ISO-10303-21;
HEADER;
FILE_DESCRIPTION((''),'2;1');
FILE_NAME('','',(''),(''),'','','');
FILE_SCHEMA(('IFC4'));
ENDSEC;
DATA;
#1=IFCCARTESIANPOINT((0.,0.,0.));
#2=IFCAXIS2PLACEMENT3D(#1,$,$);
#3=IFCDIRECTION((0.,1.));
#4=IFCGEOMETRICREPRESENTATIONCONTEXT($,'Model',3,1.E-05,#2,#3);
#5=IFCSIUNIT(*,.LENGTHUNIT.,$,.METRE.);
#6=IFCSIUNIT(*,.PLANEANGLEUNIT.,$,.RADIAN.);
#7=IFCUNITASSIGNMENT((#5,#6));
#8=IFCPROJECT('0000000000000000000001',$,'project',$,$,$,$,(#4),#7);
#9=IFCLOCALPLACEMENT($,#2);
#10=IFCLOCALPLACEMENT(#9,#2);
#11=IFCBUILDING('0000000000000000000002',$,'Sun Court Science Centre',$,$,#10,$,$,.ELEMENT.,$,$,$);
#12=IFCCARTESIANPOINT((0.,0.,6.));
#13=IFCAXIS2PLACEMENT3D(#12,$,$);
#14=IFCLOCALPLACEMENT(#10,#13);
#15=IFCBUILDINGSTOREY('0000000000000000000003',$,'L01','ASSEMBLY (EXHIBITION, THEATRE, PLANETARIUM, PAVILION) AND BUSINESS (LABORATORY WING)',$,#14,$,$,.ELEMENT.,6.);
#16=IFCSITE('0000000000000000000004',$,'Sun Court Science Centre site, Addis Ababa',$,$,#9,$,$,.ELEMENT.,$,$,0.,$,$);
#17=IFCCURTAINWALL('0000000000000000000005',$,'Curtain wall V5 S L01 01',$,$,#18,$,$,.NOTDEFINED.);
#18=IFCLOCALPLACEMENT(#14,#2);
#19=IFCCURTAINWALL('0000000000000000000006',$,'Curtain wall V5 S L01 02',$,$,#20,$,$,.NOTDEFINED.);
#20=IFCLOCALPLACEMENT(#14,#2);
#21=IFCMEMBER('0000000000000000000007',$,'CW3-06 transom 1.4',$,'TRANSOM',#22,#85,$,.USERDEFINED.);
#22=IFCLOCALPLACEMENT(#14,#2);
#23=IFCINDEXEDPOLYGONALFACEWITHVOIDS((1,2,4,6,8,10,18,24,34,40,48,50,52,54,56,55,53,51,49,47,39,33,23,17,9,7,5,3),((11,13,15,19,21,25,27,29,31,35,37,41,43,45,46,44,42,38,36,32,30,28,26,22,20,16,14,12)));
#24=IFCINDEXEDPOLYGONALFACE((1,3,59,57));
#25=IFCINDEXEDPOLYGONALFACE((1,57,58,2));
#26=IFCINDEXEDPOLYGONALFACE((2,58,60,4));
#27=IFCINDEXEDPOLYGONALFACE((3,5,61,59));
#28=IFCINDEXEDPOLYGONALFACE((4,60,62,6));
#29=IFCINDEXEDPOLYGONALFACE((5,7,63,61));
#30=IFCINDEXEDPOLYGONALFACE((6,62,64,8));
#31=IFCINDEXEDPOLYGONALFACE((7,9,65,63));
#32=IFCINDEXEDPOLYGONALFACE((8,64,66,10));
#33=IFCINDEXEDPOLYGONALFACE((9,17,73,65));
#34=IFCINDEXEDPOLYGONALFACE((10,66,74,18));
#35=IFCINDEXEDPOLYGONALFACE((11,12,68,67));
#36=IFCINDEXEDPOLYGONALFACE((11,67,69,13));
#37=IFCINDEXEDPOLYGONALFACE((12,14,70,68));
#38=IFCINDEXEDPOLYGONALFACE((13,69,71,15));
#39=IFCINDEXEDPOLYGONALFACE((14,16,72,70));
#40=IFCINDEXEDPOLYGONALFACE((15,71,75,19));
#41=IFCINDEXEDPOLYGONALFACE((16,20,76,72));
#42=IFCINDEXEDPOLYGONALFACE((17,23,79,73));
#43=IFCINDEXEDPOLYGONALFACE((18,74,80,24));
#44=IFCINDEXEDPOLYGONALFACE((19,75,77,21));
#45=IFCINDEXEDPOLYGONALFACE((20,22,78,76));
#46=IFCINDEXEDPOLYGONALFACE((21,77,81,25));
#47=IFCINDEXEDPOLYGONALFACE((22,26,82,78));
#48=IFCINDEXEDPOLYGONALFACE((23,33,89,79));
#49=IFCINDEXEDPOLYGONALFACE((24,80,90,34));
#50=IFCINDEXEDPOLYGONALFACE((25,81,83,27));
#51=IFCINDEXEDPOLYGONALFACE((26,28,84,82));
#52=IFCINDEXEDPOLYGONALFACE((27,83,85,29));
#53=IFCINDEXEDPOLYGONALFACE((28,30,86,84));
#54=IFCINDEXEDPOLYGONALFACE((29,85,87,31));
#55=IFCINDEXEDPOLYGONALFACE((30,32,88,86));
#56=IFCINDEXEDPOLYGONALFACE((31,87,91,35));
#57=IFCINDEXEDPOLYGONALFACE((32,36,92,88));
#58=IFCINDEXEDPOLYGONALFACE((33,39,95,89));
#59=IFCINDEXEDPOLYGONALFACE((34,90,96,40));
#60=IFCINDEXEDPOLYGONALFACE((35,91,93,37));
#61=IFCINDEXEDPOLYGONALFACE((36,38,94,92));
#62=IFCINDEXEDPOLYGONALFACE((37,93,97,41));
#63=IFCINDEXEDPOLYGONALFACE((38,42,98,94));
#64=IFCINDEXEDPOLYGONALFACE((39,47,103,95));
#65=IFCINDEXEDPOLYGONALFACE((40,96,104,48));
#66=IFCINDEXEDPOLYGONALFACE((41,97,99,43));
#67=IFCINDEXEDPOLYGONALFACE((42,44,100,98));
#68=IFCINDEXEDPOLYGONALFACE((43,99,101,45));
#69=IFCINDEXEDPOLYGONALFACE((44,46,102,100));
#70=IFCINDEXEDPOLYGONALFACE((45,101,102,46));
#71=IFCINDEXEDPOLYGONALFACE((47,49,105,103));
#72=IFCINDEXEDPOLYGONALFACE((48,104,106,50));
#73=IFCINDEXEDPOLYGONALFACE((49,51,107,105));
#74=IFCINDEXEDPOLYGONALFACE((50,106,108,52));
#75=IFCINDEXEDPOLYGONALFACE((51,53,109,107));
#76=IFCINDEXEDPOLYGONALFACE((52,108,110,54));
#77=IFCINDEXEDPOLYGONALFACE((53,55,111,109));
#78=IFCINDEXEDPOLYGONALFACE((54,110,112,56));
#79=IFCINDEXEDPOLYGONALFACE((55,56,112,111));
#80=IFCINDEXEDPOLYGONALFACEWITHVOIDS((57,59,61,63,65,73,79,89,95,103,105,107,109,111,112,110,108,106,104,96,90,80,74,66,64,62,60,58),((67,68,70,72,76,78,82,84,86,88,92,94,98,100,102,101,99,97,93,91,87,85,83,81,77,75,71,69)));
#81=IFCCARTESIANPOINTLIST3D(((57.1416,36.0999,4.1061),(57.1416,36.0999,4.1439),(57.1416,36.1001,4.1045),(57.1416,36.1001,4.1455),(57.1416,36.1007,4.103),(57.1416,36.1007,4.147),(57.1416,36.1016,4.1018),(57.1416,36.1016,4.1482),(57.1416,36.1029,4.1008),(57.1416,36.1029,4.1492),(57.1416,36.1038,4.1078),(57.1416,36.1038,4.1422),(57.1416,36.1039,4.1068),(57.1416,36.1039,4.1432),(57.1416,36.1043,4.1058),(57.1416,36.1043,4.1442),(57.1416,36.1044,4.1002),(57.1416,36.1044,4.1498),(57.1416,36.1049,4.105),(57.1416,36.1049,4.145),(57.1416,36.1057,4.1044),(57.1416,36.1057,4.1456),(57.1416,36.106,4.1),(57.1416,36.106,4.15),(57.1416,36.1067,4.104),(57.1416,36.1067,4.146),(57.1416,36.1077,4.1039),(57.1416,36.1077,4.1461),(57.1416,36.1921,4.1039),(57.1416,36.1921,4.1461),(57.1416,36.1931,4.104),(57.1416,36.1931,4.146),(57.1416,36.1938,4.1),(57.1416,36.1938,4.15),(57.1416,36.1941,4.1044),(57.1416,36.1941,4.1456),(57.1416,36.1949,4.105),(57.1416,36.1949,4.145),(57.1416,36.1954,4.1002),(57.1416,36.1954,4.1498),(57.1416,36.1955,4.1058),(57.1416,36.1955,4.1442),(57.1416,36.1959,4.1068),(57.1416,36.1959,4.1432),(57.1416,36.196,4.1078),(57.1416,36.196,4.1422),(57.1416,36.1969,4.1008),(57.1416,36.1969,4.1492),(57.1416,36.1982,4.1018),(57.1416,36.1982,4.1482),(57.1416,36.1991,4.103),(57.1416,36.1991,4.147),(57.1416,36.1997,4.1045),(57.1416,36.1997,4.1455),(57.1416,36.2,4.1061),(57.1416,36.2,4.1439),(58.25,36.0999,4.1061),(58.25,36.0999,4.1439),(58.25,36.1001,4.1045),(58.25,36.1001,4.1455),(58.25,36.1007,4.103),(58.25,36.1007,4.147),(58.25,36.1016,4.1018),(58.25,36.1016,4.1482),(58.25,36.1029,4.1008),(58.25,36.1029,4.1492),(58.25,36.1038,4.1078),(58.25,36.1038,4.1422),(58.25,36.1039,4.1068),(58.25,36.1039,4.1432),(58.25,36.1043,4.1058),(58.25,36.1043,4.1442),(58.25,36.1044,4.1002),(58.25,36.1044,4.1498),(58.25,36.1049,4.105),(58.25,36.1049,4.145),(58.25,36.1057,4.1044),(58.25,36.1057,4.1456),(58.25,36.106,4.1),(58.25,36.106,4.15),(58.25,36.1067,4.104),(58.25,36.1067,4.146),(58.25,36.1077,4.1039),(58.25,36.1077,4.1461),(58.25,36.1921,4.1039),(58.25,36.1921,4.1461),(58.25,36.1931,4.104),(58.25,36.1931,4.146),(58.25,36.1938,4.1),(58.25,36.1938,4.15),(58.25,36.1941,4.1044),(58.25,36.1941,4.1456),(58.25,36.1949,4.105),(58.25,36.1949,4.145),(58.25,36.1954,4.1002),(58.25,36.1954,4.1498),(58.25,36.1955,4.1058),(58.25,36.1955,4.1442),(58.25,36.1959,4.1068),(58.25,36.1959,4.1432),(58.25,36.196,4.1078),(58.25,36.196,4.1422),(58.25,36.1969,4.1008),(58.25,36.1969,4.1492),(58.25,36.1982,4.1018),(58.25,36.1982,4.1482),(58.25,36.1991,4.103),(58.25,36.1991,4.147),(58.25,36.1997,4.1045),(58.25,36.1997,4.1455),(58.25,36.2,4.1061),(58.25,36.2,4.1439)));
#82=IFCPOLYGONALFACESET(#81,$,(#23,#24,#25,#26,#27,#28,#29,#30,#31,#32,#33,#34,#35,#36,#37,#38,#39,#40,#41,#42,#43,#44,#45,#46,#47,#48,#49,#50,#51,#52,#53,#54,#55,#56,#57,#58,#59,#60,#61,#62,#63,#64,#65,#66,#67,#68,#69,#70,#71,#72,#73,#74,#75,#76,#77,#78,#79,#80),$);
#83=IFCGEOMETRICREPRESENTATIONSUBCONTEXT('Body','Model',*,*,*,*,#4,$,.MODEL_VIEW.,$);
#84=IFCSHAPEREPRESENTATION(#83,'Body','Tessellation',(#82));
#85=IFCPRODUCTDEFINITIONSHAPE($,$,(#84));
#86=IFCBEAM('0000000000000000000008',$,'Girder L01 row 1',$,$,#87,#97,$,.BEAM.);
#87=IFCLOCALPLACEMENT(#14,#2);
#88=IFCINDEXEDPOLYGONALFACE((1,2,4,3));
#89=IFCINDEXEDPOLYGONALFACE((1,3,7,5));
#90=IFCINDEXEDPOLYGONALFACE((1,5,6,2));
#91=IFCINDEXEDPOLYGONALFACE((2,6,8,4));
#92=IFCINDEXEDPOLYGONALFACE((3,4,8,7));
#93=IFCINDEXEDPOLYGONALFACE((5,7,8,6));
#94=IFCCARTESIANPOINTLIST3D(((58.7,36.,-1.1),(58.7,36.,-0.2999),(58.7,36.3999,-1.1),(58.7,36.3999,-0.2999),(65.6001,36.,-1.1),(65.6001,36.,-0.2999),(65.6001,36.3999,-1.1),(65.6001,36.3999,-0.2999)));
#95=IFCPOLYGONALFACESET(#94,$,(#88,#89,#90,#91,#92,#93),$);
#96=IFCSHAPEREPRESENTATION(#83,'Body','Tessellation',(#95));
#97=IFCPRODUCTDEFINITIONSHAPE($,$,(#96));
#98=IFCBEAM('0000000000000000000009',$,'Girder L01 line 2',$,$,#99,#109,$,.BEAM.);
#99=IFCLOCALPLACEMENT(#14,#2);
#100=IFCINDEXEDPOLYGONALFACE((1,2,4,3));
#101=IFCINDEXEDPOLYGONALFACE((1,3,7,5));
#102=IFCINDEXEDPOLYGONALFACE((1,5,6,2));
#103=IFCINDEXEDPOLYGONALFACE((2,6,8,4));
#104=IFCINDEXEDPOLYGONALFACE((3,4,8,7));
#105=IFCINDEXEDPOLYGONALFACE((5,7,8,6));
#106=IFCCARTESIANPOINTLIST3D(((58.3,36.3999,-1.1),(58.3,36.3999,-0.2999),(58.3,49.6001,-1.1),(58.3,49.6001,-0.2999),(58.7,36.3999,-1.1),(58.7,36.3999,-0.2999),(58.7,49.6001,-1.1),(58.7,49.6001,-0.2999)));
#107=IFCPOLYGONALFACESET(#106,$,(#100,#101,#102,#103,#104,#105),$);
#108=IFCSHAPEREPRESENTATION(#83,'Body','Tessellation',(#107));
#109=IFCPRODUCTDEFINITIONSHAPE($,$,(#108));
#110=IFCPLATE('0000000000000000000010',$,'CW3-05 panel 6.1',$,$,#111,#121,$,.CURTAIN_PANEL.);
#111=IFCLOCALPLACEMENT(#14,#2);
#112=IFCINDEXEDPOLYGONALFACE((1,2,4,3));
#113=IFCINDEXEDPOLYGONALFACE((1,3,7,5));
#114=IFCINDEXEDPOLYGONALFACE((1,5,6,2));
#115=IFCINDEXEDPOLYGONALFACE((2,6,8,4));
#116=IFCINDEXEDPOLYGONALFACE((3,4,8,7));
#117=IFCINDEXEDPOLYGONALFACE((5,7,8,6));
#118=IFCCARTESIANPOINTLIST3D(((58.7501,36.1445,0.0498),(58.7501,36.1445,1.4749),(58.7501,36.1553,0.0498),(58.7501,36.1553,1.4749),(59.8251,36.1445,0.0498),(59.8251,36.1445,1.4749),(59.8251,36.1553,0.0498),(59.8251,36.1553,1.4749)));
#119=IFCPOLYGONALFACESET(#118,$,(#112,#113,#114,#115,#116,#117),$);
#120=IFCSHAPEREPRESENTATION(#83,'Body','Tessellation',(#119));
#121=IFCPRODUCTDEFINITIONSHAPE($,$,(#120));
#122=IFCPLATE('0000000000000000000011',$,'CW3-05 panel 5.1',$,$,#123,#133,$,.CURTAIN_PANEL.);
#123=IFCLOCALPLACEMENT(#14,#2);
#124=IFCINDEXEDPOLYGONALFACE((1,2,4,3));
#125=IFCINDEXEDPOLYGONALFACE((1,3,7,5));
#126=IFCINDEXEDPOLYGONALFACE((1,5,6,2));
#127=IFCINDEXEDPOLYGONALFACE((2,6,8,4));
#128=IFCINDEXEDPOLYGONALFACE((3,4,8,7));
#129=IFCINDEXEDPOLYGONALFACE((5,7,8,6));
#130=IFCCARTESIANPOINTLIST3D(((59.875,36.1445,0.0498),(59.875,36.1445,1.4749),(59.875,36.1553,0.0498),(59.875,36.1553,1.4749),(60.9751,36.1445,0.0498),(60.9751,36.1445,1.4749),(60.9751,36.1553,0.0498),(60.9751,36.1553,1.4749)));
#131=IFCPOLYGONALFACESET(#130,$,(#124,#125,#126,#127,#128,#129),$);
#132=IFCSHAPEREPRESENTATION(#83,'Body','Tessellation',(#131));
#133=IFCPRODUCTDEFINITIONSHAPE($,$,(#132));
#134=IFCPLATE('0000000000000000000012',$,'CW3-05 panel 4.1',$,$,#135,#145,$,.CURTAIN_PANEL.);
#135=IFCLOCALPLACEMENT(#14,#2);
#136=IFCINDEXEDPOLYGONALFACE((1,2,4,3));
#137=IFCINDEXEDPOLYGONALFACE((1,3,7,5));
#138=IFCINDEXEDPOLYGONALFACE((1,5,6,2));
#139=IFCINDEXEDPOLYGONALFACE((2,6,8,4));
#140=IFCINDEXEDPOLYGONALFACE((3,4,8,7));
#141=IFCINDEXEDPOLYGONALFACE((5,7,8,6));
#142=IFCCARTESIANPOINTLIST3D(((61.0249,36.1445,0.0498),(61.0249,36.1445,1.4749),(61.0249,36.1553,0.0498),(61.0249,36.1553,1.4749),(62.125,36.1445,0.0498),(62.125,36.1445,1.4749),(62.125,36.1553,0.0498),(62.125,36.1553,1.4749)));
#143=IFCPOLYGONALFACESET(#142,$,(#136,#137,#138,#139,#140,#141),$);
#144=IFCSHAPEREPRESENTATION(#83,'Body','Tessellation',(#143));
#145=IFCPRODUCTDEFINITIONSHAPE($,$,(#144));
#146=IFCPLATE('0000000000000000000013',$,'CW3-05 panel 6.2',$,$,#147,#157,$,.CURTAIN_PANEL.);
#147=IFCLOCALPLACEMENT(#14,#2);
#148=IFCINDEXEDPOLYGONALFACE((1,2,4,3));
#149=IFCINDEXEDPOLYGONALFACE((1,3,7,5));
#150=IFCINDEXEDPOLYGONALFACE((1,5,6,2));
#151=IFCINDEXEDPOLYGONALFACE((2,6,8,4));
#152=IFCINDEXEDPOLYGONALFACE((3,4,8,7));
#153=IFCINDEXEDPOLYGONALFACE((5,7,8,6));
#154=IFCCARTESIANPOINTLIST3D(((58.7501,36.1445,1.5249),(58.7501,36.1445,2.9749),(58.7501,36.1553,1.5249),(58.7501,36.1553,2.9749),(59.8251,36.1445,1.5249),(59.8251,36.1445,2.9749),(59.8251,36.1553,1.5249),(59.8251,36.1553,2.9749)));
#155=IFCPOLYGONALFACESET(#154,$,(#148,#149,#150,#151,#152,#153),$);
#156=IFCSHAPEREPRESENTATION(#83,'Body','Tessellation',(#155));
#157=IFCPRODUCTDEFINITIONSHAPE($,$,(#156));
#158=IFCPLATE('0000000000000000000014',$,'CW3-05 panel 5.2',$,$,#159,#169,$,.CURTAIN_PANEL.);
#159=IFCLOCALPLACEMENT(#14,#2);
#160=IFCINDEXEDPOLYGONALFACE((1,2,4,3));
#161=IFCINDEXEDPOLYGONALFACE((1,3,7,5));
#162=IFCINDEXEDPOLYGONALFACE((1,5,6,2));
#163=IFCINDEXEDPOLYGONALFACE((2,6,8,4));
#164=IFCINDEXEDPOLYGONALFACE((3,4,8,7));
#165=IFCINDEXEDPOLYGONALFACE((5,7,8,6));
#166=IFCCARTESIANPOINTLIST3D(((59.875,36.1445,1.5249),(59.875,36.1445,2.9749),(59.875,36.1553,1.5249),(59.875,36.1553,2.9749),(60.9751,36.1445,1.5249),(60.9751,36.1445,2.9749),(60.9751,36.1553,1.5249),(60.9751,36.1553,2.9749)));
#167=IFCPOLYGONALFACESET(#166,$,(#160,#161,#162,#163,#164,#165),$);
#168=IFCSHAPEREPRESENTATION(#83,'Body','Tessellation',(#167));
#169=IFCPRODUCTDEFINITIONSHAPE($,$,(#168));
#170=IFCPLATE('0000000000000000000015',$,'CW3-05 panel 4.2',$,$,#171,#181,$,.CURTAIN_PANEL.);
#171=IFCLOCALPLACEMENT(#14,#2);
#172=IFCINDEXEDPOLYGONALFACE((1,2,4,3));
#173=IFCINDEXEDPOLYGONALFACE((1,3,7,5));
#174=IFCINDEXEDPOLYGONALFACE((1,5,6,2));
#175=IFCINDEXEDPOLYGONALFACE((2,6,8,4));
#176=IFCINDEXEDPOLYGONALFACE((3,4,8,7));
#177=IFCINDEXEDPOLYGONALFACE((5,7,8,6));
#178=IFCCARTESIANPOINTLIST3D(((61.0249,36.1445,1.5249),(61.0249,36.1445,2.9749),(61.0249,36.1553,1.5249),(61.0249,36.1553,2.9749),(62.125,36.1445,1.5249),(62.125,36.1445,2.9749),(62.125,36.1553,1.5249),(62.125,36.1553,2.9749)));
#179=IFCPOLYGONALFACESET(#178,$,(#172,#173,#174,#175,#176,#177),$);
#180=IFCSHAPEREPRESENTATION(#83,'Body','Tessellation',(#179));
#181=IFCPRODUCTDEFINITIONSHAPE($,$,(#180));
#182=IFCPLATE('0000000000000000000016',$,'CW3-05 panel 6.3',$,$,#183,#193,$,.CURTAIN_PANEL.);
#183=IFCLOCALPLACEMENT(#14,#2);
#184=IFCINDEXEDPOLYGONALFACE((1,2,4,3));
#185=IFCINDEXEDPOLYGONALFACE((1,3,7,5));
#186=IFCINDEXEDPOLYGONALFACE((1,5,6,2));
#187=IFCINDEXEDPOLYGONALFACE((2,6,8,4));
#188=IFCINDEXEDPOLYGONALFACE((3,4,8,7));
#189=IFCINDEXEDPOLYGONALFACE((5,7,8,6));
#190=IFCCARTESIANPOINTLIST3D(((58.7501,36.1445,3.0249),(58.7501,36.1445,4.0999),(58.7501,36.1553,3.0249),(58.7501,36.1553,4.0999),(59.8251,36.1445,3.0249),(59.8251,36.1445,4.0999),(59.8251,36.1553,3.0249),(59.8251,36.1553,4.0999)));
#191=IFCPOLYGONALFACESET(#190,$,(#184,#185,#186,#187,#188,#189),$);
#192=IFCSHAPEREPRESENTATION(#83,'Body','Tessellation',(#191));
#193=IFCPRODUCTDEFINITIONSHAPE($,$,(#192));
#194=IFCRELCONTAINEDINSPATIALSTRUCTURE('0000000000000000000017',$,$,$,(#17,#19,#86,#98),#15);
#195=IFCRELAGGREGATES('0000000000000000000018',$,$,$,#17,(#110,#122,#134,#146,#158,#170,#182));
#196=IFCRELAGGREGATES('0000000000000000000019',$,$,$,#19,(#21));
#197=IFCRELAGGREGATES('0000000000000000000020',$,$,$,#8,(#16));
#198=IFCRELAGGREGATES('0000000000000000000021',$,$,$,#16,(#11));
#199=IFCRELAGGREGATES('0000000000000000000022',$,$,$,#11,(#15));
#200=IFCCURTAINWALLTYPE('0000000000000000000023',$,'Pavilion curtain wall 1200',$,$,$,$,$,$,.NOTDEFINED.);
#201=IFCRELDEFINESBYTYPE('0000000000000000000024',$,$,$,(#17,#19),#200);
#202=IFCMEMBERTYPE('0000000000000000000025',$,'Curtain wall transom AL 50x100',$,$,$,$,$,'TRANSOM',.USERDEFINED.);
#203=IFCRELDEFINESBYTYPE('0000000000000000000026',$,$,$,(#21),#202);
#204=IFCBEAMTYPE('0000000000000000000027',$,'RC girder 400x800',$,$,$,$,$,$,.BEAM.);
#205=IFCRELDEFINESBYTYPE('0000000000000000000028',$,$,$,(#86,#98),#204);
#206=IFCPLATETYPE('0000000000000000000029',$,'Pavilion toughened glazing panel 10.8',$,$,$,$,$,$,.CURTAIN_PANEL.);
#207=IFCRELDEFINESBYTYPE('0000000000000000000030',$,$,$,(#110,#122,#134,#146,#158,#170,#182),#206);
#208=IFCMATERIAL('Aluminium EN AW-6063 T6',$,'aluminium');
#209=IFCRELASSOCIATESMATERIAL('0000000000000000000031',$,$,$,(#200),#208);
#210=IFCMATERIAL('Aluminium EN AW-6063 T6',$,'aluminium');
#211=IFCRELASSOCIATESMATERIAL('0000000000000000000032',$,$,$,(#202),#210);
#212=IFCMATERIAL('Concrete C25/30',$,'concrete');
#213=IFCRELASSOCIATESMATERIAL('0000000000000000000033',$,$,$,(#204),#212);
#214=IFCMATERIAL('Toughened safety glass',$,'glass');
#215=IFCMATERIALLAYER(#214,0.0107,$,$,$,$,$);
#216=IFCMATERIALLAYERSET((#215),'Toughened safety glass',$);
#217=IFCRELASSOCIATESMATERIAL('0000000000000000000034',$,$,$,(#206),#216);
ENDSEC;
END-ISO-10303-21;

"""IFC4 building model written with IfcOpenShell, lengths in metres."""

from ifc_helpers import new_model, si_unit, direction, frame, origin, origin_2d, place, context, subcontext, project, spatial, rectangle, hollow_rectangle, extrude, material, layer, layer_set, material_profile, profile_set, type_object, element, aggregate, save


model = new_model("IFC4")

# Units and contexts
model_context = context("Model", 3, precision=1e-05, world=origin(), true_north=direction((0.0, 1.0)))
body_context = subcontext(model_context, "Body", "Model", "MODEL_VIEW")
ifc_project = project(units=[si_unit("LENGTHUNIT", "METRE"), si_unit("PLANEANGLEUNIT", "RADIAN")], contexts=[model_context])

# Site, building, storey
site_placement = place(None, origin())
site = spatial("IfcSite", under=ifc_project, at=site_placement, Name="Sun Court Science Centre site, Addis Ababa", CompositionType="ELEMENT", RefElevation=0.0)
building_placement = place(site_placement, origin())
building = spatial("IfcBuilding", under=site, at=building_placement, Name="Sun Court Science Centre", CompositionType="ELEMENT")
storey_placement = place(building_placement, frame((0.0, 0.0, 6.0)))
storey = spatial("IfcBuildingStorey", under=building, at=storey_placement, Name="L01", Description="ASSEMBLY (EXHIBITION, THEATRE, PLANETARIUM, PAVILION) AND BUSINESS (LABORATORY WING)", CompositionType="ELEMENT", Elevation=6.0)

# Curtain walls
ifc_material_1 = material(Name="Aluminium EN AW-6063 T6", Category="aluminium")
curtain_wall_type = type_object("IfcCurtainWallType", Name="Pavilion curtain wall 1200", PredefinedType="NOTDEFINED", material=ifc_material_1)
curtain_wall_1_placement = place(storey_placement, origin())
curtain_wall_1 = element("IfcCurtainWall", 1, at=curtain_wall_1_placement, inside=storey, type_object=curtain_wall_type, Name="Curtain wall V5 S L01 01", PredefinedType="NOTDEFINED")
curtain_wall_2_placement = place(storey_placement, origin())
curtain_wall_2 = element("IfcCurtainWall", 2, at=curtain_wall_2_placement, inside=storey, type_object=curtain_wall_type, Name="Curtain wall V5 S L01 02", PredefinedType="NOTDEFINED")

# Member
ifc_material_2 = material(Name="Aluminium EN AW-6063 T6", Category="aluminium")
ifc_material_profile_1 = material_profile(ifc_material_2, hollow_rectangle(XDim=0.05, YDim=0.1001, WallThickness=0.0039, InnerFilletRadius=0.0039, OuterFilletRadius=0.0061, at=origin_2d()), Name="AL 50x100x4")
ifc_profile_set_1 = profile_set([ifc_material_profile_1], Name="Aluminium EN AW-6063 T6")
member_type_1 = type_object("IfcMemberType", Name="Curtain wall transom AL 50x100", ElementType="TRANSOM", PredefinedType="USERDEFINED", material=ifc_profile_set_1)
member_1_placement = place(storey_placement, frame((58.25, 36.1499, 4.125), z_axis=(-1.0, 0.0, 0.0), x_axis=(0.0, 0.0, 1.0)))
member_1 = element("IfcMember", 3, at=member_1_placement, type_object=member_type_1, Name="CW3-06 transom 1.4", ObjectType="TRANSOM", PredefinedType="USERDEFINED", context=body_context, shape_type="SweptSolid", body=[
    extrude(hollow_rectangle(XDim=0.05, YDim=0.1001, WallThickness=0.0039, InnerFilletRadius=0.0039, OuterFilletRadius=0.0061, at=origin_2d()), origin(), (0.0, 0.0, 1.0), 1.1084),
])

# Beams
ifc_material_3 = material(Name="Concrete C25/30", Category="concrete")
ifc_material_profile_2 = material_profile(ifc_material_3, rectangle(XDim=0.3999, YDim=0.8, at=origin_2d()), Name="RC 400x800")
ifc_profile_set_2 = profile_set([ifc_material_profile_2], Name="Concrete C25/30")
beam_type = type_object("IfcBeamType", Name="RC girder 400x800", PredefinedType="BEAM", material=ifc_profile_set_2)
beam_1_placement = place(storey_placement, frame((58.7, 36.2, -0.7), z_axis=(1.0, 0.0, 0.0), x_axis=(0.0, 1.0, 0.0)))
element("IfcBeam", 4, at=beam_1_placement, inside=storey, type_object=beam_type, Name="Girder L01 row 1", PredefinedType="BEAM", context=body_context, shape_type="SweptSolid", body=[
    extrude(rectangle(XDim=0.3999, YDim=0.8, at=origin_2d()), origin(), (0.0, 0.0, 1.0), 6.9001),
])
beam_2_placement = place(storey_placement, frame((58.5, 36.3999, -0.7), z_axis=(0.0, 1.0, 0.0), x_axis=(-1.0, 0.0, 0.0)))
element("IfcBeam", 5, at=beam_2_placement, inside=storey, type_object=beam_type, Name="Girder L01 line 2", PredefinedType="BEAM", context=body_context, shape_type="SweptSolid", body=[
    extrude(rectangle(XDim=0.3999, YDim=0.8, at=origin_2d()), origin(), (0.0, 0.0, 1.0), 13.2002),
])

# Plates
ifc_material_4 = material(Name="Toughened safety glass", Category="glass")
ifc_layer_1 = layer(ifc_material_4, 0.0107)
ifc_layer_set_1 = layer_set([ifc_layer_1], Name="Toughened safety glass")
plate_type = type_object("IfcPlateType", Name="Pavilion toughened glazing panel 10.8", PredefinedType="CURTAIN_PANEL", material=ifc_layer_set_1)
plate_1_placement = place(storey_placement, frame((59.2876, 36.1499, 0.0498), z_axis=(0.0, 0.0, 1.0), x_axis=(-1.0, 0.0, 0.0)))
plate_1 = element("IfcPlate", 6, at=plate_1_placement, type_object=plate_type, Name="CW3-05 panel 6.1", PredefinedType="CURTAIN_PANEL", context=body_context, shape_type="SweptSolid", body=[
    extrude(rectangle(XDim=1.075, YDim=0.0107, at=origin_2d()), origin(), (0.0, 0.0, 1.0), 1.425),
])
plate_2_placement = place(storey_placement, frame((60.425, 36.1499, 0.0498), z_axis=(0.0, 0.0, 1.0), x_axis=(-1.0, 0.0, 0.0)))
plate_2 = element("IfcPlate", 7, at=plate_2_placement, type_object=plate_type, Name="CW3-05 panel 5.1", PredefinedType="CURTAIN_PANEL", context=body_context, shape_type="SweptSolid", body=[
    extrude(rectangle(XDim=1.1001, YDim=0.0107, at=origin_2d()), origin(), (0.0, 0.0, 1.0), 1.425),
])
plate_3_placement = place(storey_placement, frame((61.575, 36.1499, 0.0498), z_axis=(0.0, 0.0, 1.0), x_axis=(-1.0, 0.0, 0.0)))
plate_3 = element("IfcPlate", 8, at=plate_3_placement, type_object=plate_type, Name="CW3-05 panel 4.1", PredefinedType="CURTAIN_PANEL", context=body_context, shape_type="SweptSolid", body=[
    extrude(rectangle(XDim=1.1001, YDim=0.0107, at=origin_2d()), origin(), (0.0, 0.0, 1.0), 1.425),
])
plate_4_placement = place(storey_placement, frame((59.2876, 36.1499, 1.5249), z_axis=(0.0, 0.0, 1.0), x_axis=(-1.0, 0.0, 0.0)))
plate_4 = element("IfcPlate", 9, at=plate_4_placement, type_object=plate_type, Name="CW3-05 panel 6.2", PredefinedType="CURTAIN_PANEL", context=body_context, shape_type="SweptSolid", body=[
    extrude(rectangle(XDim=1.075, YDim=0.0107, at=origin_2d()), origin(), (0.0, 0.0, 1.0), 1.45),
])
plate_5_placement = place(storey_placement, frame((60.425, 36.1499, 1.5249), z_axis=(0.0, 0.0, 1.0), x_axis=(-1.0, 0.0, 0.0)))
plate_5 = element("IfcPlate", 10, at=plate_5_placement, type_object=plate_type, Name="CW3-05 panel 5.2", PredefinedType="CURTAIN_PANEL", context=body_context, shape_type="SweptSolid", body=[
    extrude(rectangle(XDim=1.1001, YDim=0.0107, at=origin_2d()), origin(), (0.0, 0.0, 1.0), 1.45),
])
plate_6_placement = place(storey_placement, frame((61.575, 36.1499, 1.5249), z_axis=(0.0, 0.0, 1.0), x_axis=(-1.0, 0.0, 0.0)))
plate_6 = element("IfcPlate", 11, at=plate_6_placement, type_object=plate_type, Name="CW3-05 panel 4.2", PredefinedType="CURTAIN_PANEL", context=body_context, shape_type="SweptSolid", body=[
    extrude(rectangle(XDim=1.1001, YDim=0.0107, at=origin_2d()), origin(), (0.0, 0.0, 1.0), 1.45),
])
plate_7_placement = place(storey_placement, frame((59.2876, 36.1499, 3.0249), z_axis=(0.0, 0.0, 1.0), x_axis=(-1.0, 0.0, 0.0)))
plate_7 = element("IfcPlate", 12, at=plate_7_placement, type_object=plate_type, Name="CW3-05 panel 6.3", PredefinedType="CURTAIN_PANEL", context=body_context, shape_type="SweptSolid", body=[
    extrude(rectangle(XDim=1.075, YDim=0.0107, at=origin_2d()), origin(), (0.0, 0.0, 1.0), 1.075),
])
aggregate(curtain_wall_1, [plate_1, plate_2, plate_3, plate_4, plate_5, plate_6, plate_7])
aggregate(curtain_wall_2, [member_1])

save(model, "model.ifc")
